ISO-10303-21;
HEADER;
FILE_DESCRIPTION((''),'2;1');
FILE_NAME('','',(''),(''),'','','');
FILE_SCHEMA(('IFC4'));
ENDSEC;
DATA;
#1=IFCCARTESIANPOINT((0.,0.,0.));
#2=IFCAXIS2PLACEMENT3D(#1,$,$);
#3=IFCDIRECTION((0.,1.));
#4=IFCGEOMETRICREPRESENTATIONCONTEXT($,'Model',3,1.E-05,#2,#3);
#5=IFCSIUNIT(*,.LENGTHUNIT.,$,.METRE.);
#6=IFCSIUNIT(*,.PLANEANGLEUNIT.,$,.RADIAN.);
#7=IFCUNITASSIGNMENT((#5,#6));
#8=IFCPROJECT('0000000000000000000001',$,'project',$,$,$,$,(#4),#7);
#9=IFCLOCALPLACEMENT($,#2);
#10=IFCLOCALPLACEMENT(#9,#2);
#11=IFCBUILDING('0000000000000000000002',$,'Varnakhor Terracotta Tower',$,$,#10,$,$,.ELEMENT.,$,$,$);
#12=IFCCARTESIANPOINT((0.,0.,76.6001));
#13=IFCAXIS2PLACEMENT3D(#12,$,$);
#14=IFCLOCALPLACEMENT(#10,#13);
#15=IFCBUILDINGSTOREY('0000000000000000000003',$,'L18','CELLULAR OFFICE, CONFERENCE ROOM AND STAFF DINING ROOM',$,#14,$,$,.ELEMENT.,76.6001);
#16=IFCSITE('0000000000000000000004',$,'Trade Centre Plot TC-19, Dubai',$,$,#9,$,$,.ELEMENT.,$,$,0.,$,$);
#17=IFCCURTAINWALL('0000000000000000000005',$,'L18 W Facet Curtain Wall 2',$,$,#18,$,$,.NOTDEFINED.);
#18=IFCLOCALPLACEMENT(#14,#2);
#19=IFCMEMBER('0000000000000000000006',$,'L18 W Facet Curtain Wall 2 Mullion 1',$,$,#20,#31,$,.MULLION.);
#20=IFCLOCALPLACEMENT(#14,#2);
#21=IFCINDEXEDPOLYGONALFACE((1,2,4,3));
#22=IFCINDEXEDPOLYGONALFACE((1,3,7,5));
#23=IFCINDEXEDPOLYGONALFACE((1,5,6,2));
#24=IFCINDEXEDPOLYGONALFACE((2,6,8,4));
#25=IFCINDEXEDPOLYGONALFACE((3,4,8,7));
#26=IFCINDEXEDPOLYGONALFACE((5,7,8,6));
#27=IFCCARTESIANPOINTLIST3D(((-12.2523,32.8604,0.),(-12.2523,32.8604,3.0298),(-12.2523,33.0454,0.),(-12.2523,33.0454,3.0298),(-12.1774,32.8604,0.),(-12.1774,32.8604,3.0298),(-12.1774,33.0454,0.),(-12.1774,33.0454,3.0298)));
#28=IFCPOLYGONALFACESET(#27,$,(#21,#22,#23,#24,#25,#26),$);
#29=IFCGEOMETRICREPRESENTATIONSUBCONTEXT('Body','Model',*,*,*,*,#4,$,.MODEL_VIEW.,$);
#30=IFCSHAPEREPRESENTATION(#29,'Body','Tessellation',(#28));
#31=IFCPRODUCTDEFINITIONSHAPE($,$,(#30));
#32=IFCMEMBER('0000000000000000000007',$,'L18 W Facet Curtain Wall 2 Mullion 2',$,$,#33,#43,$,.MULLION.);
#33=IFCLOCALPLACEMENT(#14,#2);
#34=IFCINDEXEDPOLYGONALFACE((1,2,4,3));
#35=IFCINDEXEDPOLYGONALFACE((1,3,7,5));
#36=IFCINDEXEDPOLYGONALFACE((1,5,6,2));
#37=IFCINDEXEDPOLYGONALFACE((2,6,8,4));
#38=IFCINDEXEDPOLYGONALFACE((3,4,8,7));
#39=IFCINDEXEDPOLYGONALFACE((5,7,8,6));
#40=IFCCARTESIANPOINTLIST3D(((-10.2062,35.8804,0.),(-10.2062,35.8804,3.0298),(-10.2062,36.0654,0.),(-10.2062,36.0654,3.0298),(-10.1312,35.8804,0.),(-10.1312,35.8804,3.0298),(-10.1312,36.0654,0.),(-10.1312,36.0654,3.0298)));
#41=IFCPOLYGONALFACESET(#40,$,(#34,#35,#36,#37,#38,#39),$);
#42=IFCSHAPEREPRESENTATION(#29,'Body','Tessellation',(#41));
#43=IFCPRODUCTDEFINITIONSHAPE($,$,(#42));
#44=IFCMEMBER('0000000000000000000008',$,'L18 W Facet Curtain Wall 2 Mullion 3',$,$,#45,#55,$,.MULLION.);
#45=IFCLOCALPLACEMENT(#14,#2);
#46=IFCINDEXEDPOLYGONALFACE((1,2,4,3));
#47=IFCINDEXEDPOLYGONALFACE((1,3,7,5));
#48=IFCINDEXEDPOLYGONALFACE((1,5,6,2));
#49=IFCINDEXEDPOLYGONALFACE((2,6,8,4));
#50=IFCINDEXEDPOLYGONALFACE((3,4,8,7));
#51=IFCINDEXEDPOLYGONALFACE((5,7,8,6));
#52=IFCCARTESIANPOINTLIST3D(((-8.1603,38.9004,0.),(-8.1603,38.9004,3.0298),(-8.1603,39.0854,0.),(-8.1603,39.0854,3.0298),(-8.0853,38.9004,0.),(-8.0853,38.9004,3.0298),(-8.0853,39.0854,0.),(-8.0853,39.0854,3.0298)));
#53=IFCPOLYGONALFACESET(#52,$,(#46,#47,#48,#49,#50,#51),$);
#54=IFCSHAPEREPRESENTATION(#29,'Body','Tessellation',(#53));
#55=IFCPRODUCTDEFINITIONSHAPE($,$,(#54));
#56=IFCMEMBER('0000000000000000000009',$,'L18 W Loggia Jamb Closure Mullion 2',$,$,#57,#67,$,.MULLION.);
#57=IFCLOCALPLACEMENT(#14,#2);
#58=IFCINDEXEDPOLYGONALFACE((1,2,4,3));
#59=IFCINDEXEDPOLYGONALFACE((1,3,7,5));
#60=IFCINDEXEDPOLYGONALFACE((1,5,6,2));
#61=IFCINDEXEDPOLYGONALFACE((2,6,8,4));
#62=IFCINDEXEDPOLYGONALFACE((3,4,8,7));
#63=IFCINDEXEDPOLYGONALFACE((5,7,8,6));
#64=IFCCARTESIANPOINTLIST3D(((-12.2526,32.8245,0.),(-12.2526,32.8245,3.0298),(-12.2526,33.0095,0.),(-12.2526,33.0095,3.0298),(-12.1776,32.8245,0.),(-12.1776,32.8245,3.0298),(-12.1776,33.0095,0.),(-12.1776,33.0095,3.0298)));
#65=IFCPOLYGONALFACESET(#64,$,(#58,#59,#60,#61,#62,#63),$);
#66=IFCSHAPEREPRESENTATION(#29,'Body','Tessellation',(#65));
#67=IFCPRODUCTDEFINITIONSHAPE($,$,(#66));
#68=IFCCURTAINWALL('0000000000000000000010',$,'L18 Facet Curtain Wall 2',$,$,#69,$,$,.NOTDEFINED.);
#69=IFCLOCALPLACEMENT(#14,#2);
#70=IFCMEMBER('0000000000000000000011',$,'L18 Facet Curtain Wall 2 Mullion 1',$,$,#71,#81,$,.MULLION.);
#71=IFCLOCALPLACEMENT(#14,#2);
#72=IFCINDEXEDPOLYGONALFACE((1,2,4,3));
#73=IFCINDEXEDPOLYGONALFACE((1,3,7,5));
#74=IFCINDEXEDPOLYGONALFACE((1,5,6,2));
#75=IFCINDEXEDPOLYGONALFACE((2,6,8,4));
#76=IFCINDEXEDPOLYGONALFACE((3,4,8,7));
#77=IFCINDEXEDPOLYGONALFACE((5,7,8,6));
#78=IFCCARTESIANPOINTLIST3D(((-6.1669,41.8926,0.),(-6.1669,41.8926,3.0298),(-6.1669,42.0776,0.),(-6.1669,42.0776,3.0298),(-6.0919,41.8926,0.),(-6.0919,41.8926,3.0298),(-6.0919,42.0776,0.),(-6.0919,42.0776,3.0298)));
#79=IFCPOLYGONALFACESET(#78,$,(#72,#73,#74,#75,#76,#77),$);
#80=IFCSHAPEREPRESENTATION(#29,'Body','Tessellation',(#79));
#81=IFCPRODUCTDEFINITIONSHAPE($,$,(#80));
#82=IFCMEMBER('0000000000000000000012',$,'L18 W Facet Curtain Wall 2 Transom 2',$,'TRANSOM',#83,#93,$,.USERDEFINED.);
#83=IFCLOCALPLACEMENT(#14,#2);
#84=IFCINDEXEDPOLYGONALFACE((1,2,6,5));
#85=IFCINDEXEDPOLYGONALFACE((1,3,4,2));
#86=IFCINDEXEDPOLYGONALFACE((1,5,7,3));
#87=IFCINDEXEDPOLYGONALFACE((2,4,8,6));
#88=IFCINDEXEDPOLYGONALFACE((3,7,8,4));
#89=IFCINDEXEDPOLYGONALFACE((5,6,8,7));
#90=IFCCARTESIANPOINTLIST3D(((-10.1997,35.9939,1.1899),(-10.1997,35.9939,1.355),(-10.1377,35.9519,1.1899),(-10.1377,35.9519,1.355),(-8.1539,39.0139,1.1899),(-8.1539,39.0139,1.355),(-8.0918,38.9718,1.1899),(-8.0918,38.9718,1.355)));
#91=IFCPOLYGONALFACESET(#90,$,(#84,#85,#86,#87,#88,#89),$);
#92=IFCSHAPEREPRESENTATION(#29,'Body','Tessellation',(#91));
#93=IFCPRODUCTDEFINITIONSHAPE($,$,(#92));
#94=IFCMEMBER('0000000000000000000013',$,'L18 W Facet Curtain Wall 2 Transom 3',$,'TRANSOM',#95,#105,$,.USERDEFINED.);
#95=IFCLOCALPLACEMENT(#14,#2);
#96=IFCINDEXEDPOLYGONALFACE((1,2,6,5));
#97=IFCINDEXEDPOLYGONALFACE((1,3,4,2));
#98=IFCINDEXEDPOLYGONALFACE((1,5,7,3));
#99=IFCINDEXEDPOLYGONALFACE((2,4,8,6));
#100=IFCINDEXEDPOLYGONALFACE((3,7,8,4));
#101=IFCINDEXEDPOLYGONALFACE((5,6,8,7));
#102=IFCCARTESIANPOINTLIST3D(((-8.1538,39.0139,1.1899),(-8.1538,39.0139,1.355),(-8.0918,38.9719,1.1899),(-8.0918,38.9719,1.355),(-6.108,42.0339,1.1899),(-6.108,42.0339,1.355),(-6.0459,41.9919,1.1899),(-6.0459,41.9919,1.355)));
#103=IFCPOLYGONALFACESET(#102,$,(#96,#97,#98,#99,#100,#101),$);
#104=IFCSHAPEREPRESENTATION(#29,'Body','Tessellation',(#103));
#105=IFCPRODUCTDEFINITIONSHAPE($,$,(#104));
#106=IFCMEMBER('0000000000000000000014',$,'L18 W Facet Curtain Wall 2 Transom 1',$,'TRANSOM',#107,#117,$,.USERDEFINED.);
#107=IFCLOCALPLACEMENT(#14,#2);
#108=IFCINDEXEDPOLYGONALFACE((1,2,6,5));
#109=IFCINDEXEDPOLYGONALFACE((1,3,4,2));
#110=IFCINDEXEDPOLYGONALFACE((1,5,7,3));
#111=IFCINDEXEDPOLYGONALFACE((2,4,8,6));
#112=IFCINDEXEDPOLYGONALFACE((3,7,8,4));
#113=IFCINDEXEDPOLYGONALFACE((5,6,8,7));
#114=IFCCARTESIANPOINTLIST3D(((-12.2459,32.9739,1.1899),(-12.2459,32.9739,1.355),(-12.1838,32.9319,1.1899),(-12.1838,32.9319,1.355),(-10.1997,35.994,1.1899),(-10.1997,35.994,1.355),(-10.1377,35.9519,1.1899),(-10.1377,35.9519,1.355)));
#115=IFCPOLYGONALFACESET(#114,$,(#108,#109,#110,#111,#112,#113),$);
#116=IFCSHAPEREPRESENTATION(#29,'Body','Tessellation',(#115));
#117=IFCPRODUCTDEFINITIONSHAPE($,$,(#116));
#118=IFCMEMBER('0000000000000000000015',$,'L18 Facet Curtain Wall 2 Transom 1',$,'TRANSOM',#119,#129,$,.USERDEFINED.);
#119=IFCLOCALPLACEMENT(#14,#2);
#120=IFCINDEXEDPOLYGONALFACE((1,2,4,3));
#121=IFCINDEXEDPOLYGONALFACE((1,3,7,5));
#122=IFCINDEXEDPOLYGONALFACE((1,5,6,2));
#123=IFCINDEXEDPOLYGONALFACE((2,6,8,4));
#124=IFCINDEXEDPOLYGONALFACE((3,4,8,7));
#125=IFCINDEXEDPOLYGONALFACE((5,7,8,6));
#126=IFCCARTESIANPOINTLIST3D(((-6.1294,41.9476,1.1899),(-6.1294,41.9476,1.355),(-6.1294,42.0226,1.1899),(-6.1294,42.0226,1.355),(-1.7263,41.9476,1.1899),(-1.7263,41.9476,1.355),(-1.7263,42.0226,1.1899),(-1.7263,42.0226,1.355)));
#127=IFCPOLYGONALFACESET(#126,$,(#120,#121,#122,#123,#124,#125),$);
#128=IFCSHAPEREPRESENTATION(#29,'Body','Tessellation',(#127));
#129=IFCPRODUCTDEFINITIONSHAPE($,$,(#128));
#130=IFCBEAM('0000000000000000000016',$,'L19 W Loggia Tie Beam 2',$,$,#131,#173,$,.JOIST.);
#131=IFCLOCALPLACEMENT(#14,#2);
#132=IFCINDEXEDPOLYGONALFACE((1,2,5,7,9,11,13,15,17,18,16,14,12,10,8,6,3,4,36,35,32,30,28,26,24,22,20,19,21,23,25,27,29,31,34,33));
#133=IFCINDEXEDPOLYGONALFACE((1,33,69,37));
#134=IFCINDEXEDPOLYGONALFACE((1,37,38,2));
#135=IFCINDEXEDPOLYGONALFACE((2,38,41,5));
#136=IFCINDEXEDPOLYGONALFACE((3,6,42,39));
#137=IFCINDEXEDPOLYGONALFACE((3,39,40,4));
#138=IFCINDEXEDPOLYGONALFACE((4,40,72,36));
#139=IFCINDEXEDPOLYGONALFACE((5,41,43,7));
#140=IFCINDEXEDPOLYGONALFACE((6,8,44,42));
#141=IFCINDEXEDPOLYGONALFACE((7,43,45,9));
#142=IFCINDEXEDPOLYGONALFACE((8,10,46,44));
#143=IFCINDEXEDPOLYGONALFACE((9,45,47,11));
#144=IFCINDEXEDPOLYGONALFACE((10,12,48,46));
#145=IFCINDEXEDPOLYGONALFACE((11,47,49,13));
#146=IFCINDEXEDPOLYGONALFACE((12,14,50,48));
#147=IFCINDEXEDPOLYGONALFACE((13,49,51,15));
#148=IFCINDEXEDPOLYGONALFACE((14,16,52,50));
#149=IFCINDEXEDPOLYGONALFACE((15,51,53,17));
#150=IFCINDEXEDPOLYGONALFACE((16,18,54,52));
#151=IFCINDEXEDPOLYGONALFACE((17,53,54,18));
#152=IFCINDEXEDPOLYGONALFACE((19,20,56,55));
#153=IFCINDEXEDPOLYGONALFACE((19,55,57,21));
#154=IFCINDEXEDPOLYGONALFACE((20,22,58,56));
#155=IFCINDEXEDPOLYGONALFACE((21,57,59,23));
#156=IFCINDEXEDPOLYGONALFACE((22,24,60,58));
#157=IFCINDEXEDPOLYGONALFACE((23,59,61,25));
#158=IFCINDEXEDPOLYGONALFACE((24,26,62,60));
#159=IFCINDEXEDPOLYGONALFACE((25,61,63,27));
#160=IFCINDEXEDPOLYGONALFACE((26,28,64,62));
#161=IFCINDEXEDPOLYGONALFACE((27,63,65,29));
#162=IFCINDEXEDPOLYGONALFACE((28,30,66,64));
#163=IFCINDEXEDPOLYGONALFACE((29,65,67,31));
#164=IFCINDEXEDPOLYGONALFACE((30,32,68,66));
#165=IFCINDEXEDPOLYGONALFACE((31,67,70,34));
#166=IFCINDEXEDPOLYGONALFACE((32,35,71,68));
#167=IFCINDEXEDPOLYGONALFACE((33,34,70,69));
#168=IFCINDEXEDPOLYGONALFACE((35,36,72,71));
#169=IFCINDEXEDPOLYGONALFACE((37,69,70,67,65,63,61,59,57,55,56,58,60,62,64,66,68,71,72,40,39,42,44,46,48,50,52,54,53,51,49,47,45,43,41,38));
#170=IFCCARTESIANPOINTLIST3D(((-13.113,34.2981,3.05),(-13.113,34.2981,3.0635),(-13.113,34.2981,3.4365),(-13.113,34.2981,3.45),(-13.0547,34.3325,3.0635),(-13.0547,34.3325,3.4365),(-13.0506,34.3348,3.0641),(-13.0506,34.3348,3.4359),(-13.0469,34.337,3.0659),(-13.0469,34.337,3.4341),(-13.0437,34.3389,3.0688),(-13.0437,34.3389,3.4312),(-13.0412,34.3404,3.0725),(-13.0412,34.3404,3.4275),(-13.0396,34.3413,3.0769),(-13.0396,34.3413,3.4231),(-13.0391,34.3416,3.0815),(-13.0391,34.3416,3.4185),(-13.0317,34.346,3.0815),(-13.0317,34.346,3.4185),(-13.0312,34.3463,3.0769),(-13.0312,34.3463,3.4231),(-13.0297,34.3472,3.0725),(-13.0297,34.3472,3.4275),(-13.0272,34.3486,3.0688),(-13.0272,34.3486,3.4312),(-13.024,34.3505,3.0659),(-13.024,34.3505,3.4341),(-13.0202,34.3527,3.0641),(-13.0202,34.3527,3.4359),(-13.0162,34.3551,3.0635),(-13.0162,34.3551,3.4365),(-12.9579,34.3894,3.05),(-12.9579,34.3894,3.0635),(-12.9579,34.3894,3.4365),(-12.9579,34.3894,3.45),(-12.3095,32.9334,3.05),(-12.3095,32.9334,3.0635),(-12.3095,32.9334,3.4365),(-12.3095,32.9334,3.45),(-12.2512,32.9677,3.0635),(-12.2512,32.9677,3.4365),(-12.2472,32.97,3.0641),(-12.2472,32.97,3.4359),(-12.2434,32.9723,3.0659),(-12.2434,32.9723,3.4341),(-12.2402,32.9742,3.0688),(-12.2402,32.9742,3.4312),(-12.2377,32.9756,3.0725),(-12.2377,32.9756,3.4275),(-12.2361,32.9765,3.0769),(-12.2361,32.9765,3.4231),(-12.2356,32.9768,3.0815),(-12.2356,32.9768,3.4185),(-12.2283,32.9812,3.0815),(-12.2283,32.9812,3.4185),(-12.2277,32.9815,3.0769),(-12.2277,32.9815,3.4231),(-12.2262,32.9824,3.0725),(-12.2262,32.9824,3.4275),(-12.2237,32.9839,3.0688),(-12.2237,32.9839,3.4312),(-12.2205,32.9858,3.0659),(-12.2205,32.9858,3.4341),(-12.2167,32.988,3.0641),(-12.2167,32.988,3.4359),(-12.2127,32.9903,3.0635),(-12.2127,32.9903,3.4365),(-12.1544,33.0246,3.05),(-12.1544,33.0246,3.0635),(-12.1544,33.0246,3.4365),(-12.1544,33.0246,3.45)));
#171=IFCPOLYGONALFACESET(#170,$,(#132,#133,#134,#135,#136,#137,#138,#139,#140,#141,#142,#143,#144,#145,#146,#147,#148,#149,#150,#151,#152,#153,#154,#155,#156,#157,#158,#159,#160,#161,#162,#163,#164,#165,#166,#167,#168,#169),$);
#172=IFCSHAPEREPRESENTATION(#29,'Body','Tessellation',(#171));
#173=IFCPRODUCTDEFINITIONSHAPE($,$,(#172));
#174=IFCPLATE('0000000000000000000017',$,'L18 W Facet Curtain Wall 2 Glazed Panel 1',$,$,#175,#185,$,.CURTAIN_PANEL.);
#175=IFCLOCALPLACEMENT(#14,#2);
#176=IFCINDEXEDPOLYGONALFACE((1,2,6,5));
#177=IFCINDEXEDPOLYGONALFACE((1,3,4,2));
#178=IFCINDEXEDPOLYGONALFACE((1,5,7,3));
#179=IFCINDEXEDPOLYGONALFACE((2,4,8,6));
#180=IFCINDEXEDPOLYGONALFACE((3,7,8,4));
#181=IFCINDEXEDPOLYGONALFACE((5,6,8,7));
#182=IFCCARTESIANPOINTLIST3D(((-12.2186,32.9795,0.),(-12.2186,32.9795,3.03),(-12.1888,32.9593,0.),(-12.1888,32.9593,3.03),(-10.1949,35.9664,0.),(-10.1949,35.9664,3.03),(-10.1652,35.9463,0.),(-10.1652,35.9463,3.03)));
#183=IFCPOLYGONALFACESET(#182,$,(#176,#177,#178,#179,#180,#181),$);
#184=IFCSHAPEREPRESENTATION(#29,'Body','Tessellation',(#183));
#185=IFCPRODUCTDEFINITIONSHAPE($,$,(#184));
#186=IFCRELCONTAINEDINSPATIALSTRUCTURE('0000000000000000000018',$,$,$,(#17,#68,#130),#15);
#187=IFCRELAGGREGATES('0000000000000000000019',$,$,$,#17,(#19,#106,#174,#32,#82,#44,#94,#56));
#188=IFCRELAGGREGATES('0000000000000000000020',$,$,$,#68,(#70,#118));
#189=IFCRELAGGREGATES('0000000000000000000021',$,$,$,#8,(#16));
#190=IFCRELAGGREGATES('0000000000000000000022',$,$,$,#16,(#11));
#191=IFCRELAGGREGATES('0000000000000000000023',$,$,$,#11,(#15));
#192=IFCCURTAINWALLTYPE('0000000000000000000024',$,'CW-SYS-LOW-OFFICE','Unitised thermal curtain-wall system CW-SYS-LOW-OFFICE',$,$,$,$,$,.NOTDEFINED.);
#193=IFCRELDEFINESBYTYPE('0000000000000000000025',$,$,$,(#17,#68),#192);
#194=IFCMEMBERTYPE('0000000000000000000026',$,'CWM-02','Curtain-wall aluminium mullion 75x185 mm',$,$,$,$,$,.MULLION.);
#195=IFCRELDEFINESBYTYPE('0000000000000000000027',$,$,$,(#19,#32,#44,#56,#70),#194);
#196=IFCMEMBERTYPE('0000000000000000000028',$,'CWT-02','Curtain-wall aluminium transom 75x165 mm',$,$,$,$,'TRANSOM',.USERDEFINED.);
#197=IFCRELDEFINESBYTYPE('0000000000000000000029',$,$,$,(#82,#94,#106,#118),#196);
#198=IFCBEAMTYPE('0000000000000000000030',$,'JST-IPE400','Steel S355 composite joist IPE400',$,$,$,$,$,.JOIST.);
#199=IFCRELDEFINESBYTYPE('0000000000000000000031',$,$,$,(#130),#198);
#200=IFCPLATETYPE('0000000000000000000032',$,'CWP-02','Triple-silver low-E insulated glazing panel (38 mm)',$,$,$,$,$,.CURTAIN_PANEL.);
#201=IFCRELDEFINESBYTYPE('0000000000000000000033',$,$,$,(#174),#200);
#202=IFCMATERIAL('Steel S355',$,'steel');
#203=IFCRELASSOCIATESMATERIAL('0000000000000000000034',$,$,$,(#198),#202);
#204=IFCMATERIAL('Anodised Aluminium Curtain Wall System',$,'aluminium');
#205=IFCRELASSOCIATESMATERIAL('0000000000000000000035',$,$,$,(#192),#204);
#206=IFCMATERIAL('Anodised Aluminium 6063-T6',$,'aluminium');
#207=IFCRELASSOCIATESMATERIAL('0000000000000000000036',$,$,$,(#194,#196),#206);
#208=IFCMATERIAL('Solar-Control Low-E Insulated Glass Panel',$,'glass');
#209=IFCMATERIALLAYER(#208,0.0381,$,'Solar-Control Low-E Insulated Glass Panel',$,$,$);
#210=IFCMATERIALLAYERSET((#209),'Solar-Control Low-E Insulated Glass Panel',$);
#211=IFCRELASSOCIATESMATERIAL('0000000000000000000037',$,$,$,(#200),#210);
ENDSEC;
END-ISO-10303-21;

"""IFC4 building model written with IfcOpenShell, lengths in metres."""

from ifc_helpers import new_model, si_unit, direction, frame, origin, origin_2d, place, context, subcontext, project, spatial, rectangle, i_section, extrude, source, transform, mapped, material, layer, layer_set, material_profile, profile_set, type_object, element, aggregate, save


model = new_model("IFC4")

# Units and contexts
model_context = context("Model", 3, precision=1e-05, world=origin(), true_north=direction((0.0, 1.0)))
body_context = subcontext(model_context, "Body", "Model", "MODEL_VIEW")
ifc_project = project(units=[si_unit("LENGTHUNIT", "METRE"), si_unit("PLANEANGLEUNIT", "RADIAN")], contexts=[model_context])

# Site, building, storey
site_placement = place(None, origin())
site = spatial("IfcSite", under=ifc_project, at=site_placement, Name="Trade Centre Plot TC-19, Dubai", CompositionType="ELEMENT", RefElevation=0.0)
building_placement = place(site_placement, origin())
building = spatial("IfcBuilding", under=site, at=building_placement, Name="Varnakhor Terracotta Tower", CompositionType="ELEMENT")
storey_placement = place(building_placement, frame((0.0, 0.0, 76.6001)))
storey = spatial("IfcBuildingStorey", under=building, at=storey_placement, Name="L18", Description="CELLULAR OFFICE, CONFERENCE ROOM AND STAFF DINING ROOM", CompositionType="ELEMENT", Elevation=76.6001)

# Shared definitions
ifc_material_1 = material(Name="Steel S355", Category="steel")
ifc_material_profile_1 = material_profile(ifc_material_1, i_section(OverallWidth=0.1799, OverallDepth=0.3999, WebThickness=0.0085, FlangeThickness=0.0134, FilletRadius=0.0181, at=origin_2d()), Name="IPE400")
ifc_profile_set_1 = profile_set([ifc_material_profile_1], Name="Steel S355")
beam_type_1 = type_object("IfcBeamType", Name="JST-IPE400", Description="Steel S355 composite joist IPE400", PredefinedType="JOIST", material=ifc_profile_set_1)

# Curtain wall, members
ifc_material_2 = material(Name="Anodised Aluminium Curtain Wall System", Category="aluminium")
curtain_wall_type = type_object("IfcCurtainWallType", Name="CW-SYS-LOW-OFFICE", Description="Unitised thermal curtain-wall system CW-SYS-LOW-OFFICE", PredefinedType="NOTDEFINED", material=ifc_material_2)
curtain_wall_1_placement = place(storey_placement, origin())
curtain_wall_1 = element("IfcCurtainWall", 1, at=curtain_wall_1_placement, inside=storey, type_object=curtain_wall_type, Name="L18 W Facet Curtain Wall 2", PredefinedType="NOTDEFINED")
ifc_material_3 = material(Name="Anodised Aluminium 6063-T6", Category="aluminium")
ifc_material_profile_2 = material_profile(ifc_material_3, rectangle(XDim=0.075, YDim=0.1851, at=origin_2d()), Name="ALU MULLION 75x185")
ifc_profile_set_2 = profile_set([ifc_material_profile_2], Name="Anodised Aluminium 6063-T6")
member_type_1 = type_object("IfcMemberType", Name="CWM-02", Description="Curtain-wall aluminium mullion 75x185 mm", PredefinedType="MULLION", material=ifc_profile_set_2)
shared_shape_1 = source(origin(), body_context, "Body", "SweptSolid", [
    extrude(rectangle(XDim=0.075, YDim=0.1851, at=origin_2d()), origin(), (0.0, 0.0, 1.0), 3.0298),
])
member_1_placement = place(storey_placement, frame((-12.2148, 32.9529, 0.0), z_axis=(0.0, 0.0, 1.0), x_axis=(1.0, 0.0, 0.0)))
member_1 = element("IfcMember", 2, at=member_1_placement, type_object=member_type_1, Name="L18 W Facet Curtain Wall 2 Mullion 1", PredefinedType="MULLION", context=body_context, shape_type="MappedRepresentation", body=[
    mapped(shared_shape_1, transform((0.0, 0.0, 0.0), scale=1.0)),
])
member_2_placement = place(storey_placement, frame((-10.1687, 35.9729, 0.0), z_axis=(0.0, 0.0, 1.0), x_axis=(1.0, 0.0, 0.0)))
member_2 = element("IfcMember", 3, at=member_2_placement, type_object=member_type_1, Name="L18 W Facet Curtain Wall 2 Mullion 2", PredefinedType="MULLION", context=body_context, shape_type="MappedRepresentation", body=[
    mapped(shared_shape_1, transform((0.0, 0.0, 0.0), scale=1.0)),
])
member_3_placement = place(storey_placement, frame((-8.1228, 38.9929, 0.0), z_axis=(0.0, 0.0, 1.0), x_axis=(1.0, 0.0, 0.0)))
member_3 = element("IfcMember", 4, at=member_3_placement, type_object=member_type_1, Name="L18 W Facet Curtain Wall 2 Mullion 3", PredefinedType="MULLION", context=body_context, shape_type="MappedRepresentation", body=[
    mapped(shared_shape_1, transform((0.0, 0.0, 0.0), scale=1.0)),
])
member_4_placement = place(storey_placement, frame((-12.2151, 32.917, 0.0), z_axis=(0.0, 0.0, 1.0), x_axis=(1.0, 0.0, 0.0)))
member_4 = element("IfcMember", 5, at=member_4_placement, type_object=member_type_1, Name="L18 W Loggia Jamb Closure Mullion 2", PredefinedType="MULLION", context=body_context, shape_type="MappedRepresentation", body=[
    mapped(shared_shape_1, transform((0.0, 0.0, 0.0), scale=1.0)),
])

# Curtain wall, member
curtain_wall_2_placement = place(storey_placement, origin())
curtain_wall_2 = element("IfcCurtainWall", 6, at=curtain_wall_2_placement, inside=storey, type_object=curtain_wall_type, Name="L18 Facet Curtain Wall 2", PredefinedType="NOTDEFINED")
member_5_placement = place(storey_placement, frame((-6.1294, 41.9851, 0.0), z_axis=(0.0, 0.0, 1.0), x_axis=(1.0, 0.0, 0.0)))
member_5 = element("IfcMember", 7, at=member_5_placement, type_object=member_type_1, Name="L18 Facet Curtain Wall 2 Mullion 1", PredefinedType="MULLION", context=body_context, shape_type="MappedRepresentation", body=[
    mapped(shared_shape_1, transform((0.0, 0.0, 0.0), scale=1.0)),
])

# Members
ifc_material_profile_3 = material_profile(ifc_material_3, rectangle(XDim=0.075, YDim=0.165, at=origin_2d()), Name="ALU TRANSOM 75x165")
ifc_profile_set_3 = profile_set([ifc_material_profile_3], Name="Anodised Aluminium 6063-T6")
member_type_2 = type_object("IfcMemberType", Name="CWT-02", Description="Curtain-wall aluminium transom 75x165 mm", ElementType="TRANSOM", PredefinedType="USERDEFINED", material=ifc_profile_set_3)
shared_shape_2 = source(origin(), body_context, "Body", "SweptSolid", [
    extrude(rectangle(XDim=0.075, YDim=0.165, at=origin_2d()), origin(), (0.0, 0.0, 1.0), 3.6477),
])
member_6_placement = place(storey_placement, frame((-10.1687, 35.9729, 1.2725), z_axis=(0.560863, 0.827909, 0.0), x_axis=(-0.827909, 0.560863, 0.0)))
member_6 = element("IfcMember", 8, at=member_6_placement, type_object=member_type_2, Name="L18 W Facet Curtain Wall 2 Transom 2", ObjectType="TRANSOM", PredefinedType="USERDEFINED", context=body_context, shape_type="MappedRepresentation", body=[
    mapped(shared_shape_2, transform((0.0, 0.0, 0.0), scale=1.0)),
])
member_7_placement = place(storey_placement, frame((-8.1228, 38.9929, 1.2725), z_axis=(0.560863, 0.827909, 0.0), x_axis=(-0.827909, 0.560863, 0.0)))
member_7 = element("IfcMember", 9, at=member_7_placement, type_object=member_type_2, Name="L18 W Facet Curtain Wall 2 Transom 3", ObjectType="TRANSOM", PredefinedType="USERDEFINED", context=body_context, shape_type="MappedRepresentation", body=[
    mapped(shared_shape_2, transform((0.0, 0.0, 0.0), scale=1.0)),
])
shared_shape_3 = source(origin(), body_context, "Body", "SweptSolid", [
    extrude(rectangle(XDim=0.075, YDim=0.165, at=origin_2d()), origin(), (0.0, 0.0, 1.0), 3.6479),
])
member_8_placement = place(storey_placement, frame((-12.2148, 32.9529, 1.2725), z_axis=(0.560909, 0.827878, 0.0), x_axis=(-0.827878, 0.560909, 0.0)))
member_8 = element("IfcMember", 10, at=member_8_placement, type_object=member_type_2, Name="L18 W Facet Curtain Wall 2 Transom 1", ObjectType="TRANSOM", PredefinedType="USERDEFINED", context=body_context, shape_type="MappedRepresentation", body=[
    mapped(shared_shape_3, transform((0.0, 0.0, 0.0), scale=1.0)),
])
shared_shape_4 = source(origin(), body_context, "Body", "SweptSolid", [
    extrude(rectangle(XDim=0.075, YDim=0.165, at=origin_2d()), origin(), (0.0, 0.0, 1.0), 4.4031),
])
member_9_placement = place(storey_placement, frame((-6.1294, 41.9851, 1.2725), z_axis=(1.0, 0.0, 0.0), x_axis=(0.0, 1.0, 0.0)))
member_9 = element("IfcMember", 11, at=member_9_placement, type_object=member_type_2, Name="L18 Facet Curtain Wall 2 Transom 1", ObjectType="TRANSOM", PredefinedType="USERDEFINED", context=body_context, shape_type="MappedRepresentation", body=[
    mapped(shared_shape_4, transform((0.0, 0.0, 0.0), scale=1.0)),
])

# Beam
shared_shape_5 = source(origin(), body_context, "Body", "SweptSolid", [
    extrude(i_section(OverallWidth=0.1799, OverallDepth=0.3999, WebThickness=0.0085, FlangeThickness=0.0134, FilletRadius=0.0181, at=origin_2d()), origin(), (0.0, 0.0, 1.0), 1.5837),
])
beam_1_placement = place(storey_placement, frame((-12.2319, 32.979, 3.25), z_axis=(-0.507337, 0.861748, 0.0), x_axis=(-0.861748, -0.507337, 0.0)))
element("IfcBeam", 12, at=beam_1_placement, inside=storey, type_object=beam_type_1, Name="L19 W Loggia Tie Beam 2", PredefinedType="JOIST", context=body_context, shape_type="MappedRepresentation", body=[
    mapped(shared_shape_5, transform((0.0, 0.0, 0.0), scale=1.0)),
])

# Plate
ifc_material_4 = material(Name="Solar-Control Low-E Insulated Glass Panel", Category="glass")
ifc_layer_1 = layer(ifc_material_4, 0.0381, Name="Solar-Control Low-E Insulated Glass Panel")
ifc_layer_set_1 = layer_set([ifc_layer_1], Name="Solar-Control Low-E Insulated Glass Panel")
plate_type = type_object("IfcPlateType", Name="CWP-02", Description="Triple-silver low-E insulated glazing panel (38 mm)", PredefinedType="CURTAIN_PANEL", material=ifc_layer_set_1)
shared_shape_6 = source(origin(), body_context, "Body", "SweptSolid", [
    extrude(rectangle(XDim=3.6079, YDim=0.0359, at=origin_2d()), origin(), (0.0, 0.0, 1.0), 3.03),
])
plate_1_placement = place(storey_placement, frame((-11.1919, 34.4629, 0.0), z_axis=(0.0, 0.0, 1.0), x_axis=(0.560885, 0.827894, 0.0)))
plate_1 = element("IfcPlate", 13, at=plate_1_placement, type_object=plate_type, Name="L18 W Facet Curtain Wall 2 Glazed Panel 1", PredefinedType="CURTAIN_PANEL", context=body_context, shape_type="MappedRepresentation", body=[
    mapped(shared_shape_6, transform((0.0, 0.0, 0.0), scale=1.0)),
])
aggregate(curtain_wall_1, [member_1, member_8, plate_1, member_2, member_6, member_3, member_7, member_4])
aggregate(curtain_wall_2, [member_5, member_9])

save(model, "model.ifc")
